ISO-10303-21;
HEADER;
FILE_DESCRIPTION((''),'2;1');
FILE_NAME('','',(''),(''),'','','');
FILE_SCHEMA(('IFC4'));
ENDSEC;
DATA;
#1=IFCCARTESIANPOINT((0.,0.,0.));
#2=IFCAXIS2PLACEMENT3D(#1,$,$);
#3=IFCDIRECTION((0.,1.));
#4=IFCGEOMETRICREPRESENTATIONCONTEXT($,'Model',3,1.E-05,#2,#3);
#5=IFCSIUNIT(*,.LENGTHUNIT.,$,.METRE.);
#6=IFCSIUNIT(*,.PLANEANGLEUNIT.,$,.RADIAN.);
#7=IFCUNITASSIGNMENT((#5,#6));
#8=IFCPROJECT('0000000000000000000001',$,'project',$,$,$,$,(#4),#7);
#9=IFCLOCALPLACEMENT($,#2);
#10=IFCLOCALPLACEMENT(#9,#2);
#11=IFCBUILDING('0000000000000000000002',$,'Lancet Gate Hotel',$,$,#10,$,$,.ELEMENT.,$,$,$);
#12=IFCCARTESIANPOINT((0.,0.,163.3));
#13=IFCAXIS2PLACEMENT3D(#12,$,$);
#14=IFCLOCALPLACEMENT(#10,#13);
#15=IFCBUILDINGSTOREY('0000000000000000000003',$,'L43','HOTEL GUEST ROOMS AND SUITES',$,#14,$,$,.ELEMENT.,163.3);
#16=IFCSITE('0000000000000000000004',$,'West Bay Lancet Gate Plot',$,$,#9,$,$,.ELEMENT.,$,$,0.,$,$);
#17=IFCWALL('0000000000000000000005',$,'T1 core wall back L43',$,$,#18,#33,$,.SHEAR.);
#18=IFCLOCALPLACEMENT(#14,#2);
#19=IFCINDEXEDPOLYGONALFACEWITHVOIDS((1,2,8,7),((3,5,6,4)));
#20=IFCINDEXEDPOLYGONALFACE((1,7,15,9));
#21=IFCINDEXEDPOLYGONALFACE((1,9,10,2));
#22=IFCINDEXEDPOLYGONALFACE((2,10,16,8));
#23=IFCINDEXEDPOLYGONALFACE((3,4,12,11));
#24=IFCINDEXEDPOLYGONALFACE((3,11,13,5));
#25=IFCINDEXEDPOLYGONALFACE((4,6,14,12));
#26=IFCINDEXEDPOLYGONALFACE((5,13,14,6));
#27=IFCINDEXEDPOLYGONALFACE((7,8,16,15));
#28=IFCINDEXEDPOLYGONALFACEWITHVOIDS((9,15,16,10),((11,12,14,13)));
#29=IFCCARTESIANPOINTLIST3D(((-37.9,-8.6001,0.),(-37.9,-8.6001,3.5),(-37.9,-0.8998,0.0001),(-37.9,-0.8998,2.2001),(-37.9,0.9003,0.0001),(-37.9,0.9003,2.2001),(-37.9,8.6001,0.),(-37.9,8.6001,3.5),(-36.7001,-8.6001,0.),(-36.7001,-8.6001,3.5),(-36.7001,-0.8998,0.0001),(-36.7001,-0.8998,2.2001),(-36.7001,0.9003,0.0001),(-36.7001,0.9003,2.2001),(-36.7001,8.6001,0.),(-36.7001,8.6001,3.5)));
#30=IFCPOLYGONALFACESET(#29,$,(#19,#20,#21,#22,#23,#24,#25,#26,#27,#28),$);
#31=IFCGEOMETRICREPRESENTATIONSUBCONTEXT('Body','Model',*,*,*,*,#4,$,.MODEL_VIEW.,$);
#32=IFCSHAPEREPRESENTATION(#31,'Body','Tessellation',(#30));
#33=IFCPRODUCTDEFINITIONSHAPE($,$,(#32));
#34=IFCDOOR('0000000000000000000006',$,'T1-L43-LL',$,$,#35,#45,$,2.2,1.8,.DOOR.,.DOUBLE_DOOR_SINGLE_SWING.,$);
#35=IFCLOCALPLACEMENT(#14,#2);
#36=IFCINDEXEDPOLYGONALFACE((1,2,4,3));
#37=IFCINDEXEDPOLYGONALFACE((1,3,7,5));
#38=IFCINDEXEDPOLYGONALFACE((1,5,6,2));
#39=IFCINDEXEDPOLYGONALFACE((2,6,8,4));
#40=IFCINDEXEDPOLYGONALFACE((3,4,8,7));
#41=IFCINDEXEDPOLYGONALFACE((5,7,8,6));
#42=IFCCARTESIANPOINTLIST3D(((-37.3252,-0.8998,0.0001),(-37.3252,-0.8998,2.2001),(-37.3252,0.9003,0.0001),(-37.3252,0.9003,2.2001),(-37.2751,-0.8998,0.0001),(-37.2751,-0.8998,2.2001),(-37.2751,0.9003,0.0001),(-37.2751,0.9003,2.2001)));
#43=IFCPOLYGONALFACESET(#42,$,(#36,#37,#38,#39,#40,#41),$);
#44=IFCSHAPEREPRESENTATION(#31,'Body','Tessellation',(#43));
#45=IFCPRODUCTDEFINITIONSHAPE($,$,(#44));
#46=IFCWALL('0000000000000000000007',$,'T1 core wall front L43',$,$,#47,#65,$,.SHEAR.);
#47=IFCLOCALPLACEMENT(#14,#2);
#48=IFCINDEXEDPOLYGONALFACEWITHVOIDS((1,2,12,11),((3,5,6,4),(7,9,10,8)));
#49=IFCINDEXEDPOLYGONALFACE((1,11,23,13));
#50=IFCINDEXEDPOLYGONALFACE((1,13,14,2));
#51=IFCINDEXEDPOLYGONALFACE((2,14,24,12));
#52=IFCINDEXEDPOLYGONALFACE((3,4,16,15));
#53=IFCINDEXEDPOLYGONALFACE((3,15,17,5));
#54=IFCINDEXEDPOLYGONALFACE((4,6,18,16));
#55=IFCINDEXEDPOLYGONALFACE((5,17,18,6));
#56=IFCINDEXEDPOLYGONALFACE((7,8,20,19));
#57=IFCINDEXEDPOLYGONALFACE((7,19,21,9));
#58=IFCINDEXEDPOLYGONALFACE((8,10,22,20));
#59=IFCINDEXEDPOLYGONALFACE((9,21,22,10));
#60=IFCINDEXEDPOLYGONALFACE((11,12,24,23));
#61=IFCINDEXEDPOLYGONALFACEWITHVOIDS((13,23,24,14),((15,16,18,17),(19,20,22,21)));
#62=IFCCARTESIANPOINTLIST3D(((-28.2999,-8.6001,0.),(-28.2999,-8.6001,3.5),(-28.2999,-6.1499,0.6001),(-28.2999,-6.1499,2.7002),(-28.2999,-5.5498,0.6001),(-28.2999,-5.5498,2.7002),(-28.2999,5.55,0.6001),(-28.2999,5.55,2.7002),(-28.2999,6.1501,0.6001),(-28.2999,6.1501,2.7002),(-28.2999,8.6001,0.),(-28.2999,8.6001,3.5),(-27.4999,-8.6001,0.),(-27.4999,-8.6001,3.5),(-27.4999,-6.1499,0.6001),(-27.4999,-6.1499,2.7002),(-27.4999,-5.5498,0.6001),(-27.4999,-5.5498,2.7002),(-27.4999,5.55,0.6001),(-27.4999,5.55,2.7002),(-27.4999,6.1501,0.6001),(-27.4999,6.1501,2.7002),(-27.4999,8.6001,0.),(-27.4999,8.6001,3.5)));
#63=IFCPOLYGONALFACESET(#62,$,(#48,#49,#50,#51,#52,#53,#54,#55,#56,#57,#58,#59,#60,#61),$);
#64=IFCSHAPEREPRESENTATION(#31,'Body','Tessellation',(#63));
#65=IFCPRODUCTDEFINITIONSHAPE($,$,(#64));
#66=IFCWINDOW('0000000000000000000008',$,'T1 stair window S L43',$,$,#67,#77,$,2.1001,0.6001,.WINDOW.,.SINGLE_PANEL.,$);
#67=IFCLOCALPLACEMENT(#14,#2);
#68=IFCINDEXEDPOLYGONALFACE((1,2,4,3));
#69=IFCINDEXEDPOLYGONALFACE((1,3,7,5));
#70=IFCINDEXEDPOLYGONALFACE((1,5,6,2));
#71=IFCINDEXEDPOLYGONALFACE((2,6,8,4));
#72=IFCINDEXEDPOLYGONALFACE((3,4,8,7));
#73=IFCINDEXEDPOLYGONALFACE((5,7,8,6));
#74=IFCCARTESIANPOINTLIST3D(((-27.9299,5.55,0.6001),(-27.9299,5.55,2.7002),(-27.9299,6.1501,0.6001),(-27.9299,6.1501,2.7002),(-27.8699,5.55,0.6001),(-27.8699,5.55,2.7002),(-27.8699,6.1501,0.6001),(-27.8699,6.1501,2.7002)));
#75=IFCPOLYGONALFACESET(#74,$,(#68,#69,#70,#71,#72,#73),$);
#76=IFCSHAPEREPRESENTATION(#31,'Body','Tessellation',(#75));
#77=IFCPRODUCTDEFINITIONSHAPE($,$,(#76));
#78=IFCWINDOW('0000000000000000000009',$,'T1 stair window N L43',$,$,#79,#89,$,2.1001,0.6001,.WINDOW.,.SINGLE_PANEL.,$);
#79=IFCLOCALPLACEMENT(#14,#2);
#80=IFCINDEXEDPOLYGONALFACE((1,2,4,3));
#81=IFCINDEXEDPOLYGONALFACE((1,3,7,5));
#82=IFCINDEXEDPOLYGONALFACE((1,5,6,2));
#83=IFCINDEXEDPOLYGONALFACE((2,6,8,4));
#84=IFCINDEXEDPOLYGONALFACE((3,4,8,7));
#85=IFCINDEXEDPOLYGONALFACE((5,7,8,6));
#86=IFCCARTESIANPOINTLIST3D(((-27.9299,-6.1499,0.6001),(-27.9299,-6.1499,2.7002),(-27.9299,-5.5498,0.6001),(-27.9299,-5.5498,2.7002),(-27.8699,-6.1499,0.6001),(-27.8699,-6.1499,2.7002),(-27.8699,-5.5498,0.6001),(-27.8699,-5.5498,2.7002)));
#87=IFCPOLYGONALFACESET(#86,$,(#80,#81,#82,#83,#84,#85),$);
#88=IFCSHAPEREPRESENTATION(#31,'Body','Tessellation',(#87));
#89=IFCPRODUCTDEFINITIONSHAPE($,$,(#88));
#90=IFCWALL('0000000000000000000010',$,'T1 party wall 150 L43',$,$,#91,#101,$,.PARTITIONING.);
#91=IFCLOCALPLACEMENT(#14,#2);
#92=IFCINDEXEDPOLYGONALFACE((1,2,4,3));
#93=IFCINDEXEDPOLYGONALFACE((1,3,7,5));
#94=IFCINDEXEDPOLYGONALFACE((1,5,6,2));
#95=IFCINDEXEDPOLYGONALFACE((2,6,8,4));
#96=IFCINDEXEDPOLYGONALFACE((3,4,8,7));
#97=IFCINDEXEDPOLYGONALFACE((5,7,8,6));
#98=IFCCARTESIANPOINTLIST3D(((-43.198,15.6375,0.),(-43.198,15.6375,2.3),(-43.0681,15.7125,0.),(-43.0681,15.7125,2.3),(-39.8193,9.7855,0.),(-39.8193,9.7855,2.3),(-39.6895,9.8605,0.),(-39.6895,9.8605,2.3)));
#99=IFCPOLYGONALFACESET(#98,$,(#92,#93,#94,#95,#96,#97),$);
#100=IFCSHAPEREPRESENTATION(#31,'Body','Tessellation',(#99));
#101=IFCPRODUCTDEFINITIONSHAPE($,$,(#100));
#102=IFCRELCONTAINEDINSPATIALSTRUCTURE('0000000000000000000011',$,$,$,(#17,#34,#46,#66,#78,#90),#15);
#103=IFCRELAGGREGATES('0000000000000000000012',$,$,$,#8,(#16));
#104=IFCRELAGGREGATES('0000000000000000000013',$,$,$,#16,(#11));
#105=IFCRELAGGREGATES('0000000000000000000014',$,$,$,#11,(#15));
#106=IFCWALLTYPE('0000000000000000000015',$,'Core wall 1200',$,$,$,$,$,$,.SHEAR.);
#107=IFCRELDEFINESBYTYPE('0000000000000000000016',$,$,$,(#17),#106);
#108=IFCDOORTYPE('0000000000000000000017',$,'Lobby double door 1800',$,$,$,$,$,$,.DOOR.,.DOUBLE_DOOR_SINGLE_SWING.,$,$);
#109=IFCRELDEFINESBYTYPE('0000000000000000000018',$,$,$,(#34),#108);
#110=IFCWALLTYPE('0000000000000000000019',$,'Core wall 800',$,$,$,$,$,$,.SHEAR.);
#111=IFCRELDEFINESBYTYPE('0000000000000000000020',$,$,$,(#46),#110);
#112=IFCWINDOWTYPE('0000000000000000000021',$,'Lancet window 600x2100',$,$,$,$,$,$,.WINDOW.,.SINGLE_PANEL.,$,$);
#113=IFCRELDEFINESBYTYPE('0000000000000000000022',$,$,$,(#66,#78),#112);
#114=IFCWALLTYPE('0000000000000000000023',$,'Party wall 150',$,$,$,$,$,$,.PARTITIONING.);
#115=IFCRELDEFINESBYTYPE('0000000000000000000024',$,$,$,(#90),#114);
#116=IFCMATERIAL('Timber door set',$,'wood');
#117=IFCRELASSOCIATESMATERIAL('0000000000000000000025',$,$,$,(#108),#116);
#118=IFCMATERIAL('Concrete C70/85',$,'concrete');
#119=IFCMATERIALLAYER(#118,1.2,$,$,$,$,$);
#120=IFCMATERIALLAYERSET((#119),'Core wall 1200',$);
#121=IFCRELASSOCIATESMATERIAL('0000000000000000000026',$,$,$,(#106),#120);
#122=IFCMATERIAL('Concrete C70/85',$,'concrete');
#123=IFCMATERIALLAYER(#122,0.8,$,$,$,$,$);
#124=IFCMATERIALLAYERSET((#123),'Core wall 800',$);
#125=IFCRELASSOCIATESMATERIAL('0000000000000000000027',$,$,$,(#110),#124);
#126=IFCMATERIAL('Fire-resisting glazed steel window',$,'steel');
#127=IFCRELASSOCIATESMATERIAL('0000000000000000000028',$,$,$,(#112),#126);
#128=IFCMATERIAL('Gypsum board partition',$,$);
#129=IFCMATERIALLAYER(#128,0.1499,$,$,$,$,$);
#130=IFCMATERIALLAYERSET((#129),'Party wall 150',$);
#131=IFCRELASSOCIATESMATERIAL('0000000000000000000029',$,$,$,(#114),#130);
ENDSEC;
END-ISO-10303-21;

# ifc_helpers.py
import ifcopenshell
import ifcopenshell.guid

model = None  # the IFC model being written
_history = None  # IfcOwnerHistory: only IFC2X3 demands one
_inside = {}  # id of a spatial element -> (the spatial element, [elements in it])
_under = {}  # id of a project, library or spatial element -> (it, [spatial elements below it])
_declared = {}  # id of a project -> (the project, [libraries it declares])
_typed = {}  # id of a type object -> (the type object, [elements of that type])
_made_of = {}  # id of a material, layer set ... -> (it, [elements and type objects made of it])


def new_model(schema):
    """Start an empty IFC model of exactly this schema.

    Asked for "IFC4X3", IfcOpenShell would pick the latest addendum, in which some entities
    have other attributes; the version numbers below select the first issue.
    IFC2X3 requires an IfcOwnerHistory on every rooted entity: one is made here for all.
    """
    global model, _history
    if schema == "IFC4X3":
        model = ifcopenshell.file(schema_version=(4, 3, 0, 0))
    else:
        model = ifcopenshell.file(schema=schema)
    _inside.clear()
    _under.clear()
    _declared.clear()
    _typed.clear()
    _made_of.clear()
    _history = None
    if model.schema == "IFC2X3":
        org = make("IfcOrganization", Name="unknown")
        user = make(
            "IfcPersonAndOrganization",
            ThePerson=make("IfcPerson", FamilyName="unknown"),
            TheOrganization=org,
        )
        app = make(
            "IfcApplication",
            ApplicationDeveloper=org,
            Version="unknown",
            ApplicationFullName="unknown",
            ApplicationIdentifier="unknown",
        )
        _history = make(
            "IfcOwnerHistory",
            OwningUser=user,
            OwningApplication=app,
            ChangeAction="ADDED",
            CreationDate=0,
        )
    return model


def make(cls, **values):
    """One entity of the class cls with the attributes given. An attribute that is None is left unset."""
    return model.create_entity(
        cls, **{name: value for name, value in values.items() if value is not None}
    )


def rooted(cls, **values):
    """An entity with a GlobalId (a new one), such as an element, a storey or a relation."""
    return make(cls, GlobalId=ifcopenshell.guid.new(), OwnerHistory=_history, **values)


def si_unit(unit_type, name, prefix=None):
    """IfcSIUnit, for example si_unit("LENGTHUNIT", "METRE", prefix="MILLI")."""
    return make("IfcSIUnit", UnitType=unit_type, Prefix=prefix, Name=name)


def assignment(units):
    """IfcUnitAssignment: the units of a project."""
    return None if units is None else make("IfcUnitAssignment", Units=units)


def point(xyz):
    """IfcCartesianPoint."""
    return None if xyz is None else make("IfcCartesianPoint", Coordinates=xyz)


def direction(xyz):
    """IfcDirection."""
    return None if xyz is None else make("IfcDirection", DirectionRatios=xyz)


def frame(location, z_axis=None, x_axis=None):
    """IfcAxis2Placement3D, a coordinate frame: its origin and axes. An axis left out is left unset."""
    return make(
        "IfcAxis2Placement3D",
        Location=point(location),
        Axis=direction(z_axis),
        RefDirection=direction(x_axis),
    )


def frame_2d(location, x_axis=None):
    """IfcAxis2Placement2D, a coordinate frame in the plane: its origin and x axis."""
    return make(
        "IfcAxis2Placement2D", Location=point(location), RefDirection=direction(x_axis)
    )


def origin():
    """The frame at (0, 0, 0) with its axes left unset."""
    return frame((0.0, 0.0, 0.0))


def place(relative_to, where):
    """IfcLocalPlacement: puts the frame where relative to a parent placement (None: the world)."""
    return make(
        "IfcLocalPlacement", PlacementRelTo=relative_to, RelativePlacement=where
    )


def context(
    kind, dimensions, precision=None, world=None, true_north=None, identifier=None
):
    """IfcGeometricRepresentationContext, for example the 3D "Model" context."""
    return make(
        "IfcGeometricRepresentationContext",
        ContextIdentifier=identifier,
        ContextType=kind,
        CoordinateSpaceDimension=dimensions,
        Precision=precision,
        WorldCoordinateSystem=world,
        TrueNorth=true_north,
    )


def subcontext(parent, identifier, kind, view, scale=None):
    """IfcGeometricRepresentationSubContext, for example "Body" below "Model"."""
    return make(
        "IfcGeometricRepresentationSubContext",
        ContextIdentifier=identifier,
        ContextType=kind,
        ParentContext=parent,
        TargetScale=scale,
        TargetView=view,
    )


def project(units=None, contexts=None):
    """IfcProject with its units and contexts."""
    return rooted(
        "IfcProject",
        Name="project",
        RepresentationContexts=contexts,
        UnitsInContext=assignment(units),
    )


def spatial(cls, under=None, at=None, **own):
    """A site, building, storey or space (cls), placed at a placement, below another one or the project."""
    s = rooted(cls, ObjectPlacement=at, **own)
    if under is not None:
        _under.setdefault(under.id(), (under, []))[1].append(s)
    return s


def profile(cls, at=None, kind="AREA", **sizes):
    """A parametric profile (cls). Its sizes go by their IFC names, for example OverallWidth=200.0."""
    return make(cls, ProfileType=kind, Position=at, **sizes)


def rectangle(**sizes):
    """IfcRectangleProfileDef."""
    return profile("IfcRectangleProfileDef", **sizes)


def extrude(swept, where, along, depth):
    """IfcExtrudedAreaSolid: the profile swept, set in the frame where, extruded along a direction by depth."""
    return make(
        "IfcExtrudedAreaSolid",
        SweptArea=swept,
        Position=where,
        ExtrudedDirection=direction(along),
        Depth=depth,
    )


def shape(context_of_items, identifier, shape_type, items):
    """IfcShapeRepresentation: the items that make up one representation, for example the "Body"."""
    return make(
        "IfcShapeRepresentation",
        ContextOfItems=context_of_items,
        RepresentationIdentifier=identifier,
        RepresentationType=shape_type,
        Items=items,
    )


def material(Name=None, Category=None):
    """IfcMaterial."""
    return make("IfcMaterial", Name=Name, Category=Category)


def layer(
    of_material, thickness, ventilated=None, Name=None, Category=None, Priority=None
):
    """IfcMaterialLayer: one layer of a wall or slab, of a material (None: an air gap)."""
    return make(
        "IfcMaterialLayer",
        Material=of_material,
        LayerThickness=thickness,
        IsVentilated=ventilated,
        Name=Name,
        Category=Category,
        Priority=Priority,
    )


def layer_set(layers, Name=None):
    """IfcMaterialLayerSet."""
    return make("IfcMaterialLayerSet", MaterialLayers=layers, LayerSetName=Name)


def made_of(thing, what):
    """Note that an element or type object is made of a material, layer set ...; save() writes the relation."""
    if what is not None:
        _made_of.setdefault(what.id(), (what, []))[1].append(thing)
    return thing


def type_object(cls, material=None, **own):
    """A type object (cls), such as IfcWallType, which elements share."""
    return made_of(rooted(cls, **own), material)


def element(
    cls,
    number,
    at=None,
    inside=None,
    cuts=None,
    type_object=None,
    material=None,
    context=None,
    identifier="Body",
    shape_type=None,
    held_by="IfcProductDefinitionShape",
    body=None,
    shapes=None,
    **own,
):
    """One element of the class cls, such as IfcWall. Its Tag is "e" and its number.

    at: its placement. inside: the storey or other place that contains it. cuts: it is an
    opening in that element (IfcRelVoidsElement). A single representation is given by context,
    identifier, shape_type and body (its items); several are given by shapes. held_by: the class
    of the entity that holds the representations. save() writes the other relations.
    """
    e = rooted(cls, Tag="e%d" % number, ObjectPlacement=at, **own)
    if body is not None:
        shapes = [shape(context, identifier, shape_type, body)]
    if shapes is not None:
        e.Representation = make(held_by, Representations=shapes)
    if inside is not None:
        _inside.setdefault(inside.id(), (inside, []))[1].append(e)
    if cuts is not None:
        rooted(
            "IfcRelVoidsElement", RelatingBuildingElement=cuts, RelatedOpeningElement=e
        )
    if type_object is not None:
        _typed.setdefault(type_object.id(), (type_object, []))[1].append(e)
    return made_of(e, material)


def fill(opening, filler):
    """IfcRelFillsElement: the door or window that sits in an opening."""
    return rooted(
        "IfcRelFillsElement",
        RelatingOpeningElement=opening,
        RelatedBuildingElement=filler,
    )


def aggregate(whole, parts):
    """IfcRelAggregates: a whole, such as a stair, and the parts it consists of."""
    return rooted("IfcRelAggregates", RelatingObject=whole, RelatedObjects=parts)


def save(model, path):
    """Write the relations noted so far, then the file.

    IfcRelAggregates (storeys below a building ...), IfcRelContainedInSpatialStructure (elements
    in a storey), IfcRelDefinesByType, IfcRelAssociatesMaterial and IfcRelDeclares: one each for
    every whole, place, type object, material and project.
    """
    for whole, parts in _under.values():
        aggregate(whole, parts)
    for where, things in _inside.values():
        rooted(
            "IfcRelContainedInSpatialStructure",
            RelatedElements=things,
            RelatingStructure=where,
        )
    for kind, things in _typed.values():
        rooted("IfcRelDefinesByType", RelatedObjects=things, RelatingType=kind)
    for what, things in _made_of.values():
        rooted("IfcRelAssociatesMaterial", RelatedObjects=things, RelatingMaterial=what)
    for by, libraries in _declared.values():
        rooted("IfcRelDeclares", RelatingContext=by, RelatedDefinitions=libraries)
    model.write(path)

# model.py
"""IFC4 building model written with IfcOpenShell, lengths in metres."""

from ifc_helpers import new_model, si_unit, direction, frame, frame_2d, origin, place, context, subcontext, project, spatial, rectangle, extrude, material, layer, layer_set, type_object, element, fill, save


model = new_model("IFC4")

# Units and contexts
model_context = context("Model", 3, precision=1e-05, world=origin(), true_north=direction((0.0, 1.0)))
body_context = subcontext(model_context, "Body", "Model", "MODEL_VIEW")
ifc_project = project(units=[si_unit("LENGTHUNIT", "METRE"), si_unit("PLANEANGLEUNIT", "RADIAN")], contexts=[model_context])

# Site, building, storey
site_placement = place(None, origin())
site = spatial("IfcSite", under=ifc_project, at=site_placement, Name="West Bay Lancet Gate Plot", CompositionType="ELEMENT", RefElevation=0.0)
building_placement = place(site_placement, origin())
building = spatial("IfcBuilding", under=site, at=building_placement, Name="Lancet Gate Hotel", CompositionType="ELEMENT")
storey_placement = place(building_placement, frame((0.0, 0.0, 163.3)))
storey = spatial("IfcBuildingStorey", under=building, at=storey_placement, Name="L43", Description="HOTEL GUEST ROOMS AND SUITES", CompositionType="ELEMENT", Elevation=163.3)

# Shared definitions
ifc_material_1 = material(Name="Timber door set", Category="wood")
door_type_1 = type_object("IfcDoorType", Name="Lobby double door 1800", OperationType="DOUBLE_DOOR_SINGLE_SWING", PredefinedType="DOOR", material=ifc_material_1)

# Wall, opening, door
ifc_material_2 = material(Name="Concrete C70/85", Category="concrete")
ifc_layer_1 = layer(ifc_material_2, 1.2)
ifc_layer_set_1 = layer_set([ifc_layer_1], Name="Core wall 1200")
wall_type_1 = type_object("IfcWallType", Name="Core wall 1200", PredefinedType="SHEAR", material=ifc_layer_set_1)
wall_1_placement = place(storey_placement, frame((-37.3, 8.6001, 0.0), z_axis=(0.0, 0.0, 1.0), x_axis=(0.0, -1.0, 0.0)))
wall_1 = element("IfcWall", 1, at=wall_1_placement, inside=storey, type_object=wall_type_1, Name="T1 core wall back L43", PredefinedType="SHEAR", context=body_context, shape_type="SweptSolid", body=[
    extrude(rectangle(XDim=17.2002, YDim=1.2, at=frame_2d((8.6001, 0.0))), origin(), (0.0, 0.0, 1.0), 3.5),
])
opening_1_placement = place(wall_1_placement, frame((7.7, 0.0, 0.0)))
opening_1 = element("IfcOpeningElement", 2, at=opening_1_placement, cuts=wall_1, PredefinedType="OPENING", context=body_context, shape_type="SweptSolid", body=[
    extrude(rectangle(XDim=1.8, YDim=2.2, at=frame_2d((0.8999, 1.1001))), frame((0.0, 0.6099, 0.0), z_axis=(0.0, -1.0, 0.0), x_axis=(1.0, 0.0, 0.0)), (0.0, 0.0, 1.0), 1.22),
])
door_1_placement = place(opening_1_placement, origin())
door_1 = element("IfcDoor", 3, at=door_1_placement, inside=storey, type_object=door_type_1, Name="T1-L43-LL", OperationType="DOUBLE_DOOR_SINGLE_SWING", OverallHeight=2.2, OverallWidth=1.8, PredefinedType="DOOR", context=body_context, shape_type="SweptSolid", body=[
    extrude(rectangle(XDim=1.8, YDim=2.2, at=frame_2d((0.8999, 1.1001))), frame((0.0, 0.0249, 0.0), z_axis=(0.0, -1.0, 0.0), x_axis=(1.0, 0.0, 0.0)), (0.0, 0.0, 1.0), 0.05),
])
fill(opening_1, door_1)

# Wall, openings, windows
ifc_material_3 = material(Name="Concrete C70/85", Category="concrete")
ifc_layer_2 = layer(ifc_material_3, 0.8)
ifc_layer_set_2 = layer_set([ifc_layer_2], Name="Core wall 800")
wall_type_2 = type_object("IfcWallType", Name="Core wall 800", PredefinedType="SHEAR", material=ifc_layer_set_2)
wall_2_placement = place(storey_placement, frame((-27.8999, 8.6001, 0.0), z_axis=(0.0, 0.0, 1.0), x_axis=(0.0, -1.0, 0.0)))
wall_2 = element("IfcWall", 4, at=wall_2_placement, inside=storey, type_object=wall_type_2, Name="T1 core wall front L43", PredefinedType="SHEAR", context=body_context, shape_type="SweptSolid", body=[
    extrude(rectangle(XDim=17.2002, YDim=0.8, at=frame_2d((8.6001, 0.0))), origin(), (0.0, 0.0, 1.0), 3.5),
])
opening_2_placement = place(wall_2_placement, frame((2.45, 0.0, 0.6001)))
opening_2 = element("IfcOpeningElement", 5, at=opening_2_placement, cuts=wall_2, PredefinedType="OPENING", context=body_context, shape_type="SweptSolid", body=[
    extrude(rectangle(XDim=0.6001, YDim=2.1001, at=frame_2d((0.3, 1.05))), frame((0.0, 0.4099, 0.0), z_axis=(0.0, -1.0, 0.0), x_axis=(1.0, 0.0, 0.0)), (0.0, 0.0, 1.0), 0.8201),
])
opening_3_placement = place(wall_2_placement, frame((14.1499, 0.0, 0.6001)))
opening_3 = element("IfcOpeningElement", 6, at=opening_3_placement, cuts=wall_2, PredefinedType="OPENING", context=body_context, shape_type="SweptSolid", body=[
    extrude(rectangle(XDim=0.6001, YDim=2.1001, at=frame_2d((0.3, 1.05))), frame((0.0, 0.4099, 0.0), z_axis=(0.0, -1.0, 0.0), x_axis=(1.0, 0.0, 0.0)), (0.0, 0.0, 1.0), 0.8201),
])
ifc_material_4 = material(Name="Fire-resisting glazed steel window", Category="steel")
window_type = type_object("IfcWindowType", Name="Lancet window 600x2100", PartitioningType="SINGLE_PANEL", PredefinedType="WINDOW", material=ifc_material_4)
window_1_placement = place(opening_2_placement, origin())
window_1 = element("IfcWindow", 7, at=window_1_placement, inside=storey, type_object=window_type, Name="T1 stair window S L43", OverallHeight=2.1001, OverallWidth=0.6001, PartitioningType="SINGLE_PANEL", PredefinedType="WINDOW", context=body_context, shape_type="SweptSolid", body=[
    extrude(rectangle(XDim=0.6001, YDim=2.1001, at=frame_2d((0.3, 1.05))), frame((0.0, 0.03, 0.0), z_axis=(0.0, -1.0, 0.0), x_axis=(1.0, 0.0, 0.0)), (0.0, 0.0, 1.0), 0.0601),
])
fill(opening_2, window_1)
window_2_placement = place(opening_3_placement, origin())
window_2 = element("IfcWindow", 8, at=window_2_placement, inside=storey, type_object=window_type, Name="T1 stair window N L43", OverallHeight=2.1001, OverallWidth=0.6001, PartitioningType="SINGLE_PANEL", PredefinedType="WINDOW", context=body_context, shape_type="SweptSolid", body=[
    extrude(rectangle(XDim=0.6001, YDim=2.1001, at=frame_2d((0.3, 1.05))), frame((0.0, 0.03, 0.0), z_axis=(0.0, -1.0, 0.0), x_axis=(1.0, 0.0, 0.0)), (0.0, 0.0, 1.0), 0.0601),
])
fill(opening_3, window_2)

# Wall
ifc_material_5 = material(Name="Gypsum board partition")
ifc_layer_3 = layer(ifc_material_5, 0.1499)
ifc_layer_set_3 = layer_set([ifc_layer_3], Name="Party wall 150")
wall_type_3 = type_object("IfcWallType", Name="Party wall 150", PredefinedType="PARTITIONING", material=ifc_layer_set_3)
wall_3_placement = place(storey_placement, frame((-39.7544, 9.823, 0.0), z_axis=(0.0, 0.0, 1.0), x_axis=(-0.499998, 0.866027, 0.0)))
element("IfcWall", 9, at=wall_3_placement, inside=storey, type_object=wall_type_3, Name="T1 party wall 150 L43", PredefinedType="PARTITIONING", context=body_context, shape_type="SweptSolid", body=[
    extrude(rectangle(XDim=6.7573, YDim=0.1499, at=frame_2d((3.3787, 0.0))), origin(), (0.0, 0.0, 1.0), 2.3),
])

save(model, "model.ifc")
